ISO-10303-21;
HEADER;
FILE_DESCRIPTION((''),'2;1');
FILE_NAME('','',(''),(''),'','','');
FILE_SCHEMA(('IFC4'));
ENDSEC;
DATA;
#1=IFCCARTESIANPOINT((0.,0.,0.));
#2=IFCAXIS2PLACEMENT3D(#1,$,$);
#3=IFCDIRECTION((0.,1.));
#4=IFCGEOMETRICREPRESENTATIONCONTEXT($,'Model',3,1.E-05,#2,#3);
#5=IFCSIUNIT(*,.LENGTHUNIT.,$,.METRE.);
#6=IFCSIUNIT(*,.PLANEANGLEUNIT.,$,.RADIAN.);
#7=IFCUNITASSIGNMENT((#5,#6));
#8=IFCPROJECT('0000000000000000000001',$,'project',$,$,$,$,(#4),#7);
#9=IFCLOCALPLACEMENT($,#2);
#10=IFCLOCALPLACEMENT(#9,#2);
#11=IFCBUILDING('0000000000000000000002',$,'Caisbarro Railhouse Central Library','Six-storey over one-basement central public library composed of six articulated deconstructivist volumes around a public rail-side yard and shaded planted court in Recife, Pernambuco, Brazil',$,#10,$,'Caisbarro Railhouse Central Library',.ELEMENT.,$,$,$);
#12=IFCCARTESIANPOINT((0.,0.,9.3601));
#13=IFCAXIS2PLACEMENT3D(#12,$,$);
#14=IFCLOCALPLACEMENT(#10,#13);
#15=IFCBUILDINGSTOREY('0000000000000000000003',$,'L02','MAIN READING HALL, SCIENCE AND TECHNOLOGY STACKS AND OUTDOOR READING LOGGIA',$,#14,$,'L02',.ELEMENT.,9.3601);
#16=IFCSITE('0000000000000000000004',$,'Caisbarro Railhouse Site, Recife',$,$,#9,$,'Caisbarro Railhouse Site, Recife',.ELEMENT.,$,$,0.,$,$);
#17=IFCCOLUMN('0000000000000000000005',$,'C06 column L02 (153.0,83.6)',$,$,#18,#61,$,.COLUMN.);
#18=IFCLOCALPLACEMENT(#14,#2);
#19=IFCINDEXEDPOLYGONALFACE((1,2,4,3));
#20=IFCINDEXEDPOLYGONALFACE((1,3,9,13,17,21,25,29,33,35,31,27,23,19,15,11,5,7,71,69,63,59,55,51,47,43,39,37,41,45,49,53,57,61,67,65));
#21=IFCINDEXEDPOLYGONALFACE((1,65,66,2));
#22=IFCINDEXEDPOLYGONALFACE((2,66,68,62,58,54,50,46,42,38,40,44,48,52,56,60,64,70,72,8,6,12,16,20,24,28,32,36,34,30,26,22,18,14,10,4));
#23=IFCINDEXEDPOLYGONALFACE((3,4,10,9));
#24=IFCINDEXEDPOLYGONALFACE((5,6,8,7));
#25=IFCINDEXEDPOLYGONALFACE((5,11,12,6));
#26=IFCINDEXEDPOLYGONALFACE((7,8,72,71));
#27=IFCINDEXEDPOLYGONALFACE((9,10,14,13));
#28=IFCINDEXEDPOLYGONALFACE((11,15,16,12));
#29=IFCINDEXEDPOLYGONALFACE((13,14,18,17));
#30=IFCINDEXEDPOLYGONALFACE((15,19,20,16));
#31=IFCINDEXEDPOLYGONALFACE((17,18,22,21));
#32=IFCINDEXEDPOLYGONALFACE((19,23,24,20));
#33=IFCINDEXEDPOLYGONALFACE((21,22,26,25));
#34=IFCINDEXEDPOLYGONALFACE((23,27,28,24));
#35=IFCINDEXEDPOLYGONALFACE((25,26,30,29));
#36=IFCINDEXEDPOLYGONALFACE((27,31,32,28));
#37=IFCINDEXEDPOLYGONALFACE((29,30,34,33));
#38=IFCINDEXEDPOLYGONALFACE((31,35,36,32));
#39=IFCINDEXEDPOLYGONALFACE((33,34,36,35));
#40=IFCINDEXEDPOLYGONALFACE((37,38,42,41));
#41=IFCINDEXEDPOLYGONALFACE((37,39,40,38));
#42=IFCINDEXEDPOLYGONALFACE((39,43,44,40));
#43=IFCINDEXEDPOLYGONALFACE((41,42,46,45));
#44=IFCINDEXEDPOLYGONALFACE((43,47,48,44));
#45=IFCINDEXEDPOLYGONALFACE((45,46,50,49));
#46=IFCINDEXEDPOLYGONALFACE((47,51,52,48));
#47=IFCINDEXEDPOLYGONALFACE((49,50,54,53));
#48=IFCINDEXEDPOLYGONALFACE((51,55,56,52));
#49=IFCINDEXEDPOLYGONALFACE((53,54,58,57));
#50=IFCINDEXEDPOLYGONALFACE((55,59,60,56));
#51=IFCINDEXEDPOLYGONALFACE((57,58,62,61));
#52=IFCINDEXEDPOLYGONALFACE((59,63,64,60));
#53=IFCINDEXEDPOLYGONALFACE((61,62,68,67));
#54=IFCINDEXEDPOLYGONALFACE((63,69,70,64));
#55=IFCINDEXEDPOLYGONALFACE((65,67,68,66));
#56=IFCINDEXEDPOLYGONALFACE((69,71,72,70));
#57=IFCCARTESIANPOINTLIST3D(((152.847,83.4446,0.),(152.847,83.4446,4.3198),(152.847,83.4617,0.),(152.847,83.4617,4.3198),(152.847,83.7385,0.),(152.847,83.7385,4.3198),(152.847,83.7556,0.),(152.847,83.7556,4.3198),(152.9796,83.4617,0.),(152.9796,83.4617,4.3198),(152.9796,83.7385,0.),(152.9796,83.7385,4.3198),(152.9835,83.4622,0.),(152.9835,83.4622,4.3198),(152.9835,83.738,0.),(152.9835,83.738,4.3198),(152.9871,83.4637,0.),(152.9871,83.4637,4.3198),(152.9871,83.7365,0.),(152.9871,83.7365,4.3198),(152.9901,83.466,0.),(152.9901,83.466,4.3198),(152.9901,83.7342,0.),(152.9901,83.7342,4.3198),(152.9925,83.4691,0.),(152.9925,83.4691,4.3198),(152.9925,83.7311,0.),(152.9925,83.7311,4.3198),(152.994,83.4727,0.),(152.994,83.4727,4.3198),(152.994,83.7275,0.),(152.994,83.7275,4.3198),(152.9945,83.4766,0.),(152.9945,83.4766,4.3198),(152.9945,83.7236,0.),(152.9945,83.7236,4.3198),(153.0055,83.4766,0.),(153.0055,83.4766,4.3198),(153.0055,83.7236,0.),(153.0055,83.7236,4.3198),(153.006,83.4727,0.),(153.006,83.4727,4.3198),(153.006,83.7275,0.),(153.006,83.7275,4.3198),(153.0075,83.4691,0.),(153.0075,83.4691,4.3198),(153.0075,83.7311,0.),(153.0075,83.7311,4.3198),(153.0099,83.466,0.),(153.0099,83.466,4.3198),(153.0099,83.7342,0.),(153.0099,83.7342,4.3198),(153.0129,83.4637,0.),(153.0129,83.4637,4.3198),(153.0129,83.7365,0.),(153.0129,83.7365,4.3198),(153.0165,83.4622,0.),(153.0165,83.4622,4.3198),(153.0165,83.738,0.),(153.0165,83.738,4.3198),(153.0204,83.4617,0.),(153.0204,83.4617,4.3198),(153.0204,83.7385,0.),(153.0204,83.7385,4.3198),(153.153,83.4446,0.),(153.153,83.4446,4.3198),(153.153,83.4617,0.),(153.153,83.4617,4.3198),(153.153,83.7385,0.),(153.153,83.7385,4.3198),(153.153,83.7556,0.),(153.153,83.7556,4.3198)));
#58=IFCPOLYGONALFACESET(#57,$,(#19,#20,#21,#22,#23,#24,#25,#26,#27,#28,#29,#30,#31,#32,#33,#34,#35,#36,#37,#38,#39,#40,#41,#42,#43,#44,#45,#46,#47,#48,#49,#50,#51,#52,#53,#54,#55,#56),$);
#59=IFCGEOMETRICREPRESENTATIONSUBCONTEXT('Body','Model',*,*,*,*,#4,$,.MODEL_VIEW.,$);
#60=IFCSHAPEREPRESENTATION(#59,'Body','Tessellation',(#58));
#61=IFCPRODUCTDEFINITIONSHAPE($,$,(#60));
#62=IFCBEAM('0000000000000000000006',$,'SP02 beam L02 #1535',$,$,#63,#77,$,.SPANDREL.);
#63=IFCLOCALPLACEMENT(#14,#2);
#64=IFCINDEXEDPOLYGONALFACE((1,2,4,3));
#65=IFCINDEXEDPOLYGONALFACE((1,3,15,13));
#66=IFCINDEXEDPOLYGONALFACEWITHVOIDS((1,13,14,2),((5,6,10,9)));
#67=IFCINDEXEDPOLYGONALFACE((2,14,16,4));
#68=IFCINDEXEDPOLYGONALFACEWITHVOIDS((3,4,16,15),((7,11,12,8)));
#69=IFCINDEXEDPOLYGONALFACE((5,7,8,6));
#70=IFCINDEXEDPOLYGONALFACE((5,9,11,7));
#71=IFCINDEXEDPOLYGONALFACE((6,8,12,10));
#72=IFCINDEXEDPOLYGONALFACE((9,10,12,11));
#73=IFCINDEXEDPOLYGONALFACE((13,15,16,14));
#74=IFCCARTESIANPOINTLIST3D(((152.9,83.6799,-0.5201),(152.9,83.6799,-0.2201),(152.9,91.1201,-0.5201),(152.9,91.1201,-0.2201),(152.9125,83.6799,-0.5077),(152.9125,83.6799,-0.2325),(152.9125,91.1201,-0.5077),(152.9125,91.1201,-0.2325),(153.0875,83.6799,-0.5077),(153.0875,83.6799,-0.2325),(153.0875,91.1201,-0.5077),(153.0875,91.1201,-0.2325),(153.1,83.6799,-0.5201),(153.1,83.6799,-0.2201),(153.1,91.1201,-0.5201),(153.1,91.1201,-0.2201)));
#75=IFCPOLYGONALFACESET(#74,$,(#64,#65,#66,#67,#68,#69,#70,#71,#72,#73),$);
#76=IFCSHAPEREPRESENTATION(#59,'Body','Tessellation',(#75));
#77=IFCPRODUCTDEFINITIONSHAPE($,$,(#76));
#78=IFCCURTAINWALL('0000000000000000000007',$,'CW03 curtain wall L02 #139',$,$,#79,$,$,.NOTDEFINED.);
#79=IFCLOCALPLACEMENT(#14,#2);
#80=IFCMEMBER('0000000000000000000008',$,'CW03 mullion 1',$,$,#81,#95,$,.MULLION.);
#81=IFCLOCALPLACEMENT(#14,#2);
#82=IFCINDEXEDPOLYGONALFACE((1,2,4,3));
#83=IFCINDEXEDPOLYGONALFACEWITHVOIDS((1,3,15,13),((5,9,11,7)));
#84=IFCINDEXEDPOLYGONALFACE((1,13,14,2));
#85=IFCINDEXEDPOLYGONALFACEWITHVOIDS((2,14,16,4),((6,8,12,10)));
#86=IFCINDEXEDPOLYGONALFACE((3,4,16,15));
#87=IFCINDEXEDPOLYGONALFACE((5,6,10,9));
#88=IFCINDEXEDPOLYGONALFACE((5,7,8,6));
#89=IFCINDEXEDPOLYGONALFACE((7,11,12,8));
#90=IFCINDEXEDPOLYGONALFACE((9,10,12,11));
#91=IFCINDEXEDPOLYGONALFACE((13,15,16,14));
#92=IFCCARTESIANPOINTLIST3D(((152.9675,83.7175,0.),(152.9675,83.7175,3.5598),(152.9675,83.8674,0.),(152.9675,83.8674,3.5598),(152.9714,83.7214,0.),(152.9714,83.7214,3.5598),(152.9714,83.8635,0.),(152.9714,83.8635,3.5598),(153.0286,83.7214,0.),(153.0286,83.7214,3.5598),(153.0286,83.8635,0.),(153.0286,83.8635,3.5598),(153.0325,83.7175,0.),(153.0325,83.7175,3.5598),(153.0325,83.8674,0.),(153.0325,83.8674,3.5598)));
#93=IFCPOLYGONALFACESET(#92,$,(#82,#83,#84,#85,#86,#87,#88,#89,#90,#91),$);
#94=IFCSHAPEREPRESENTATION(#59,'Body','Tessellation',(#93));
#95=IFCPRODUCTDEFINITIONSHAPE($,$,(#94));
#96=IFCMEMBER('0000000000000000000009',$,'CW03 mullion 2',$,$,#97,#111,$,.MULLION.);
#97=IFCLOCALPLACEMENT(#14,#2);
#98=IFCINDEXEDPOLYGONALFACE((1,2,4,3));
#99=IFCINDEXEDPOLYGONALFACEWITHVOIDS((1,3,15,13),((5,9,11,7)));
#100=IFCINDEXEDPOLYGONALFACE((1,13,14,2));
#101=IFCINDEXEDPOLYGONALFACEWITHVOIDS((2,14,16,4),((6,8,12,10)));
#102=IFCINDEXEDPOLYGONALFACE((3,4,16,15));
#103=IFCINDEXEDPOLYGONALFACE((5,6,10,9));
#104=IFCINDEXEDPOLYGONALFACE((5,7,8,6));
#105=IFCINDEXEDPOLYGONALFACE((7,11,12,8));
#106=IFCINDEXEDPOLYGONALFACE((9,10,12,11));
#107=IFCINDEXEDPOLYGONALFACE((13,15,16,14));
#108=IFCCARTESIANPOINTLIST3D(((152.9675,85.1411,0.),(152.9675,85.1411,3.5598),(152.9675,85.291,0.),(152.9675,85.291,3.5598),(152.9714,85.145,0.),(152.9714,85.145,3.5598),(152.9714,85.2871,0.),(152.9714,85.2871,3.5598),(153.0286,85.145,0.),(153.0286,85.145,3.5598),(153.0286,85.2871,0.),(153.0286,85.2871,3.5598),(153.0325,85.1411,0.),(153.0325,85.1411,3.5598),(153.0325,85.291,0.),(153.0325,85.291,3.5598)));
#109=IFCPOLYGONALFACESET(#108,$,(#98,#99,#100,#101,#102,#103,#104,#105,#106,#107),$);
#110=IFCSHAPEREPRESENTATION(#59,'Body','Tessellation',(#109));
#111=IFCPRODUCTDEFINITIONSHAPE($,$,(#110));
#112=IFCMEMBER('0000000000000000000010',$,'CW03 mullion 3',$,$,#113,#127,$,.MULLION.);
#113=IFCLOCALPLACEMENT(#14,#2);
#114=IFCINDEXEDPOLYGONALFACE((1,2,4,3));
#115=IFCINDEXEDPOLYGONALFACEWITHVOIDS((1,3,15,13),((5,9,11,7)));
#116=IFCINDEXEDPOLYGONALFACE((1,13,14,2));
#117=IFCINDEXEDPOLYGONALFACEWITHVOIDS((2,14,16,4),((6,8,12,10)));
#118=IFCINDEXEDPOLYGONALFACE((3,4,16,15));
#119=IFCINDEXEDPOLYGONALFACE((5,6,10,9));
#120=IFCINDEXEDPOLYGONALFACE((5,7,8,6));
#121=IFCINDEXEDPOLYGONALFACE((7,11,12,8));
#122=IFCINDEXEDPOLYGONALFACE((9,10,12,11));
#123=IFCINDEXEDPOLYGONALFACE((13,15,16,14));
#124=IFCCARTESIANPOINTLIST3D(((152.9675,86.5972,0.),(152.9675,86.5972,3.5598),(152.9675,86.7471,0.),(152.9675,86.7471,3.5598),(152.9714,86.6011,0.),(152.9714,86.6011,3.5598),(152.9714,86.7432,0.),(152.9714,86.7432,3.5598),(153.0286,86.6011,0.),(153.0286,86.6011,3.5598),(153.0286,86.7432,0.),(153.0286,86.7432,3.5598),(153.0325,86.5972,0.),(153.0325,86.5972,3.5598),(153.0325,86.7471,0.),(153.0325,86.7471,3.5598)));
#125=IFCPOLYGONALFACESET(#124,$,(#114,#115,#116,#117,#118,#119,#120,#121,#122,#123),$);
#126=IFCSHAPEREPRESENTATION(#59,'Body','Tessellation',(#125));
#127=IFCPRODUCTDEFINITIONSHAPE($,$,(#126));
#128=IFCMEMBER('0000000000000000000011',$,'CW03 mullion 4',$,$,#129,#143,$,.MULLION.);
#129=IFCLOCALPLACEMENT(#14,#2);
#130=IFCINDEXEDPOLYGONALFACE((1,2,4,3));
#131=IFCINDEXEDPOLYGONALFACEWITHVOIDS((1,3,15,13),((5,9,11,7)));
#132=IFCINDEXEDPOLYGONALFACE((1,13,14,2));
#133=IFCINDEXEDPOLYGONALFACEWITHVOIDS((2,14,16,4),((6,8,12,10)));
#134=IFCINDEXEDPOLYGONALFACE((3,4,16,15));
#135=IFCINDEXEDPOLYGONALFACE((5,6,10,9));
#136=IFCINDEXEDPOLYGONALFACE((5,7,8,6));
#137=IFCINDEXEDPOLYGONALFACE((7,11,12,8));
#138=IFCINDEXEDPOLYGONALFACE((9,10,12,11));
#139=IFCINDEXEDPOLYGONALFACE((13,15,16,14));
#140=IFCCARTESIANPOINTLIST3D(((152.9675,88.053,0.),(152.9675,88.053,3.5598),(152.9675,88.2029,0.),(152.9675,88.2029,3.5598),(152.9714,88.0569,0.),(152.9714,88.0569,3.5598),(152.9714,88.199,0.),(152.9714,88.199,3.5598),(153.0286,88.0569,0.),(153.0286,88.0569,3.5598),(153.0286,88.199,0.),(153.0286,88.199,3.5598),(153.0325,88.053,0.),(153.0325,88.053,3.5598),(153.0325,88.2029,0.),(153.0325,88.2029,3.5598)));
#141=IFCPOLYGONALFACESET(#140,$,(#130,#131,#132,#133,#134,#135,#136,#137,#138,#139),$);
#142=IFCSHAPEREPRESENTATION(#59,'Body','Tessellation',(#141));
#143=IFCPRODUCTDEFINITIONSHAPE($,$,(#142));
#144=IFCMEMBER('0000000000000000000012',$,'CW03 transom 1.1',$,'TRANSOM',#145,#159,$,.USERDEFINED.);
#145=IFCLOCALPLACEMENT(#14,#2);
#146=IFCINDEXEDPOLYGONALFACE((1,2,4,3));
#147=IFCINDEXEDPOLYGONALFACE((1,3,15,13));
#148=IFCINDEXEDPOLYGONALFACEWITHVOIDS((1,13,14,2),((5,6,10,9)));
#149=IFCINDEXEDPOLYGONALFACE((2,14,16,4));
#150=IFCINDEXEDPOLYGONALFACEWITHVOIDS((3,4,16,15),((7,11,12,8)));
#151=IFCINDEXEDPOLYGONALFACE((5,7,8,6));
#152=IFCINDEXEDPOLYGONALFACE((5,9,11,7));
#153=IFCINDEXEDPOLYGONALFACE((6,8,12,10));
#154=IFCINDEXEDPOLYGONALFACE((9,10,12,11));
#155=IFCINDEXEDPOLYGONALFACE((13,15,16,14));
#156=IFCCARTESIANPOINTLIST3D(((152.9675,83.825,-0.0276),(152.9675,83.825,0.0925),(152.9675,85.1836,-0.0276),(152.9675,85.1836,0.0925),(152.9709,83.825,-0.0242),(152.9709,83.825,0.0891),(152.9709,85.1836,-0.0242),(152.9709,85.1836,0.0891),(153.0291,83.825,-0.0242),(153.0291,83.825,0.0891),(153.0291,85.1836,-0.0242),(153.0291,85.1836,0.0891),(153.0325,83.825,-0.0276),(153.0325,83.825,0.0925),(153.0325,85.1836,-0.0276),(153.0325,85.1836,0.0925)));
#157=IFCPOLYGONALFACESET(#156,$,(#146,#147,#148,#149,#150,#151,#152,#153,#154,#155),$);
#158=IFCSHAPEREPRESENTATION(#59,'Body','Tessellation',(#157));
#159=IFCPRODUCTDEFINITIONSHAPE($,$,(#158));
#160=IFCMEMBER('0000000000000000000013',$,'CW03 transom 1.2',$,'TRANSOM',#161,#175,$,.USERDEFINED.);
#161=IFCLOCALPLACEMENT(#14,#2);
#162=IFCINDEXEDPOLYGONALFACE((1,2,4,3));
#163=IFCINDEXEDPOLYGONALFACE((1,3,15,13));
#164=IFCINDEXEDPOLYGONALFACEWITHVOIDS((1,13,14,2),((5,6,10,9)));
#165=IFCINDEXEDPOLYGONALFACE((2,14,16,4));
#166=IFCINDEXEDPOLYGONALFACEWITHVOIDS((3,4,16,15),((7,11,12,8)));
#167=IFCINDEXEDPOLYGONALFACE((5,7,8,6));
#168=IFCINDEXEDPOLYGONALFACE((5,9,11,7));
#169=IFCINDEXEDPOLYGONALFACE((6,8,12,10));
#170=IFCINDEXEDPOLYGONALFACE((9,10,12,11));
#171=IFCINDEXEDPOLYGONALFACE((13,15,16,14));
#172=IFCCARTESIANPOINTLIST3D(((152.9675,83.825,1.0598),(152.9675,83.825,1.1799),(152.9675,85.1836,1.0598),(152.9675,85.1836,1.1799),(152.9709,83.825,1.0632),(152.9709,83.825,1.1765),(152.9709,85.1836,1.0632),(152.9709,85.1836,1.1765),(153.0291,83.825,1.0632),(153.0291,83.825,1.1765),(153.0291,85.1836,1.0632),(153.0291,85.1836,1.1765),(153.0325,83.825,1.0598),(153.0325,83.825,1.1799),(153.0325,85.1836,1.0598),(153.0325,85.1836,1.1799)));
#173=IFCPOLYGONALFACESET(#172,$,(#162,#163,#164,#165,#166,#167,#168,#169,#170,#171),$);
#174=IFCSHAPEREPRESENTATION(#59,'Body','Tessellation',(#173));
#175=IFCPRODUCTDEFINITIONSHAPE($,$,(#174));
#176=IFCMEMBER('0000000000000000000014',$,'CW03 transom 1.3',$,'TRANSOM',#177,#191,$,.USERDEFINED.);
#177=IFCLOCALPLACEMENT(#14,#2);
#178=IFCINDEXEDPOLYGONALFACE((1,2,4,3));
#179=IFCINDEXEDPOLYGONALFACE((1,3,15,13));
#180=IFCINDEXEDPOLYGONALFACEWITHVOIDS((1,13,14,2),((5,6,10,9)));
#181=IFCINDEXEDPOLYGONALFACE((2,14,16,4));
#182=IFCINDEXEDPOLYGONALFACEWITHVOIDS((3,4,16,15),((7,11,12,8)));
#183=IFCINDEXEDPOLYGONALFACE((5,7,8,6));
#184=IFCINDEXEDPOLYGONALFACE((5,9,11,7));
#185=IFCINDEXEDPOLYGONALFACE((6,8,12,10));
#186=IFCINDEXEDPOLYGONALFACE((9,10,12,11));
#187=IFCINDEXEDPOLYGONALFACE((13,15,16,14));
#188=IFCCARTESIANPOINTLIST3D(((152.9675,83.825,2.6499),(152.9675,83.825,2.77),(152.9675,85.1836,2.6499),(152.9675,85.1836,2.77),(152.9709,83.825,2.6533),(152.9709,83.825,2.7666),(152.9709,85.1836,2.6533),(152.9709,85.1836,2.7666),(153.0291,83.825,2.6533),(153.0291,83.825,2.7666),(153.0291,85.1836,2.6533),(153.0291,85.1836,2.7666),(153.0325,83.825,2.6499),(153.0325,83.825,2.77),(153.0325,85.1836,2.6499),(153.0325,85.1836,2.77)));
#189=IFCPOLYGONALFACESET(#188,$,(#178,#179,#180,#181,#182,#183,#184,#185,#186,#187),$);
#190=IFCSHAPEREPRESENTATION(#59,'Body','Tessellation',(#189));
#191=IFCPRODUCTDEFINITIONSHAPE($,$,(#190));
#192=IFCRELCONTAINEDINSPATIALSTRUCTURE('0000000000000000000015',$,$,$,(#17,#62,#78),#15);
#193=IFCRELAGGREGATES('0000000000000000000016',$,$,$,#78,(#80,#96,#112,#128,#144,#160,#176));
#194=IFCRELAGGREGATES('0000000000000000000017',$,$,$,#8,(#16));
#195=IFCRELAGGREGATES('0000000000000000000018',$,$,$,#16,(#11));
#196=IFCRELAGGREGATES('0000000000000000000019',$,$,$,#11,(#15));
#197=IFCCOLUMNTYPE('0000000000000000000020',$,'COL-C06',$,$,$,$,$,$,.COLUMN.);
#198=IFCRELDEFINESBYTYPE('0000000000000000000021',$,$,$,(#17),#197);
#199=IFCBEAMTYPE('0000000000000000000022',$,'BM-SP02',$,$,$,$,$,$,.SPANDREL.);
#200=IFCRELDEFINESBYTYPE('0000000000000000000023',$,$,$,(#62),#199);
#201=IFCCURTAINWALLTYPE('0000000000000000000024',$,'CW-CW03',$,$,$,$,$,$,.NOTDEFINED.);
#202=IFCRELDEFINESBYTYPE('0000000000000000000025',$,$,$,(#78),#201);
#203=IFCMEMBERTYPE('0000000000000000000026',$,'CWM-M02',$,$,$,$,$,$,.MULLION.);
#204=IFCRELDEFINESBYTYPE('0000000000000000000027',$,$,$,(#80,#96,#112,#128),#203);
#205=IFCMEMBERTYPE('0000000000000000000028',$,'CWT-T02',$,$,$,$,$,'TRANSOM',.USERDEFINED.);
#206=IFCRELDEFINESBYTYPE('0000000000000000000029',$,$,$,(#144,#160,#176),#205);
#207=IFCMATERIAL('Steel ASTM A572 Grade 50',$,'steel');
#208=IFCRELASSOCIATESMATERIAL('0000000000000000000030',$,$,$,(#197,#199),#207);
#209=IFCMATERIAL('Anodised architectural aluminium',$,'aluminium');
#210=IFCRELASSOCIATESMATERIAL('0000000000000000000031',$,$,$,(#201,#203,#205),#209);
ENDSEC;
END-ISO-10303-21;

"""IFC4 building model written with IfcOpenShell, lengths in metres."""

from ifc_helpers import new_model, si_unit, direction, frame, origin, origin_2d, place, context, subcontext, project, spatial, hollow_rectangle, i_section, extrude, material, material_profile, profile_set, type_object, element, aggregate, save


model = new_model("IFC4")

# Units and contexts
model_context = context("Model", 3, precision=1e-05, world=origin(), true_north=direction((0.0, 1.0)))
body_context = subcontext(model_context, "Body", "Model", "MODEL_VIEW")
ifc_project = project(units=[si_unit("LENGTHUNIT", "METRE"), si_unit("PLANEANGLEUNIT", "RADIAN")], contexts=[model_context])

# Site, building, storey
site_placement = place(None, origin())
site = spatial("IfcSite", under=ifc_project, at=site_placement, Name="Caisbarro Railhouse Site, Recife", LongName="Caisbarro Railhouse Site, Recife", CompositionType="ELEMENT", RefElevation=0.0)
building_placement = place(site_placement, origin())
building = spatial("IfcBuilding", under=site, at=building_placement, Name="Caisbarro Railhouse Central Library", Description="Six-storey over one-basement central public library composed of six articulated deconstructivist volumes around a public rail-side yard and shaded planted court in Recife, Pernambuco, Brazil", LongName="Caisbarro Railhouse Central Library", CompositionType="ELEMENT")
storey_placement = place(building_placement, frame((0.0, 0.0, 9.3601)))
storey = spatial("IfcBuildingStorey", under=building, at=storey_placement, Name="L02", Description="MAIN READING HALL, SCIENCE AND TECHNOLOGY STACKS AND OUTDOOR READING LOGGIA", LongName="L02", CompositionType="ELEMENT", Elevation=9.3601)

# Column
ifc_material_1 = material(Name="Steel ASTM A572 Grade 50", Category="steel")
ifc_material_profile_1 = material_profile(ifc_material_1, i_section(OverallWidth=0.3059, OverallDepth=0.311, WebThickness=0.011, FlangeThickness=0.0171, FilletRadius=0.0149, at=origin_2d()), Name="W310X107.0")
ifc_profile_set_1 = profile_set([ifc_material_profile_1], Name="Steel ASTM A572 Grade 50")
column_type = type_object("IfcColumnType", Name="COL-C06", PredefinedType="COLUMN", material=ifc_profile_set_1)
column_placement = place(storey_placement, frame((153.0, 83.6001, 0.0), z_axis=(0.0, 0.0, 1.0), x_axis=(1.0, 0.0, 0.0)))
element("IfcColumn", 1, at=column_placement, inside=storey, type_object=column_type, Name="C06 column L02 (153.0,83.6)", PredefinedType="COLUMN", context=body_context, shape_type="SweptSolid", body=[
    extrude(i_section(OverallWidth=0.3059, OverallDepth=0.311, WebThickness=0.011, FlangeThickness=0.0171, FilletRadius=0.0149, at=origin_2d()), origin(), (0.0, 0.0, 1.0), 4.3198),
])

# Beam
ifc_material_profile_2 = material_profile(ifc_material_1, hollow_rectangle(XDim=0.2, YDim=0.3, WallThickness=0.0125, at=origin_2d()), Name="HSS300X200X12.5")
ifc_profile_set_2 = profile_set([ifc_material_profile_2], Name="Steel ASTM A572 Grade 50")
beam_type = type_object("IfcBeamType", Name="BM-SP02", PredefinedType="SPANDREL", material=ifc_profile_set_2)
beam_placement = place(storey_placement, frame((153.0, 83.6799, -0.3701), z_axis=(0.0, 1.0, 0.0), x_axis=(-1.0, 0.0, 0.0)))
element("IfcBeam", 2, at=beam_placement, inside=storey, type_object=beam_type, Name="SP02 beam L02 #1535", PredefinedType="SPANDREL", context=body_context, shape_type="SweptSolid", body=[
    extrude(hollow_rectangle(XDim=0.2, YDim=0.3, WallThickness=0.0125, at=origin_2d()), origin(), (0.0, 0.0, 1.0), 7.4402),
])

# Curtain wall, members
ifc_material_2 = material(Name="Anodised architectural aluminium", Category="aluminium")
curtain_wall_type = type_object("IfcCurtainWallType", Name="CW-CW03", PredefinedType="NOTDEFINED", material=ifc_material_2)
curtain_wall_placement = place(storey_placement, origin())
curtain_wall = element("IfcCurtainWall", 3, at=curtain_wall_placement, inside=storey, type_object=curtain_wall_type, Name="CW03 curtain wall L02 #139", PredefinedType="NOTDEFINED")
ifc_material_profile_3 = material_profile(ifc_material_2, hollow_rectangle(XDim=0.0649, YDim=0.1499, WallThickness=0.0039, at=origin_2d()), Name="ALU-MUL-65X150")
ifc_profile_set_3 = profile_set([ifc_material_profile_3], Name="Anodised architectural aluminium")
member_type_1 = type_object("IfcMemberType", Name="CWM-M02", PredefinedType="MULLION", material=ifc_profile_set_3)
member_1_placement = place(storey_placement, frame((153.0, 83.7925, 0.0), z_axis=(0.0, 0.0, 1.0), x_axis=(-1.0, 0.0, 0.0)))
member_1 = element("IfcMember", 4, at=member_1_placement, type_object=member_type_1, Name="CW03 mullion 1", PredefinedType="MULLION", context=body_context, shape_type="SweptSolid", body=[
    extrude(hollow_rectangle(XDim=0.0649, YDim=0.1499, WallThickness=0.0039, at=origin_2d()), origin(), (0.0, 0.0, 1.0), 3.5598),
])
member_2_placement = place(storey_placement, frame((153.0, 85.2161, 0.0), z_axis=(0.0, 0.0, 1.0), x_axis=(-1.0, 0.0, 0.0)))
member_2 = element("IfcMember", 5, at=member_2_placement, type_object=member_type_1, Name="CW03 mullion 2", PredefinedType="MULLION", context=body_context, shape_type="SweptSolid", body=[
    extrude(hollow_rectangle(XDim=0.0649, YDim=0.1499, WallThickness=0.0039, at=origin_2d()), origin(), (0.0, 0.0, 1.0), 3.5598),
])
member_3_placement = place(storey_placement, frame((153.0, 86.6721, 0.0), z_axis=(0.0, 0.0, 1.0), x_axis=(-1.0, 0.0, 0.0)))
member_3 = element("IfcMember", 6, at=member_3_placement, type_object=member_type_1, Name="CW03 mullion 3", PredefinedType="MULLION", context=body_context, shape_type="SweptSolid", body=[
    extrude(hollow_rectangle(XDim=0.0649, YDim=0.1499, WallThickness=0.0039, at=origin_2d()), origin(), (0.0, 0.0, 1.0), 3.5598),
])
member_4_placement = place(storey_placement, frame((153.0, 88.1279, 0.0), z_axis=(0.0, 0.0, 1.0), x_axis=(-1.0, 0.0, 0.0)))
member_4 = element("IfcMember", 7, at=member_4_placement, type_object=member_type_1, Name="CW03 mullion 4", PredefinedType="MULLION", context=body_context, shape_type="SweptSolid", body=[
    extrude(hollow_rectangle(XDim=0.0649, YDim=0.1499, WallThickness=0.0039, at=origin_2d()), origin(), (0.0, 0.0, 1.0), 3.5598),
])
ifc_material_profile_4 = material_profile(ifc_material_2, hollow_rectangle(XDim=0.0649, YDim=0.1201, WallThickness=0.0034, at=origin_2d()), Name="ALU-TRN-65X120")
ifc_profile_set_4 = profile_set([ifc_material_profile_4], Name="Anodised architectural aluminium")
member_type_2 = type_object("IfcMemberType", Name="CWT-T02", ElementType="TRANSOM", PredefinedType="USERDEFINED", material=ifc_profile_set_4)
member_5_placement = place(storey_placement, frame((153.0, 83.825, 0.0325), z_axis=(0.0, 1.0, 0.0), x_axis=(-1.0, 0.0, 0.0)))
member_5 = element("IfcMember", 8, at=member_5_placement, type_object=member_type_2, Name="CW03 transom 1.1", ObjectType="TRANSOM", PredefinedType="USERDEFINED", context=body_context, shape_type="SweptSolid", body=[
    extrude(hollow_rectangle(XDim=0.0649, YDim=0.1201, WallThickness=0.0034, at=origin_2d()), origin(), (0.0, 0.0, 1.0), 1.3586),
])
member_6_placement = place(storey_placement, frame((153.0, 83.825, 1.1199), z_axis=(0.0, 1.0, 0.0), x_axis=(-1.0, 0.0, 0.0)))
member_6 = element("IfcMember", 9, at=member_6_placement, type_object=member_type_2, Name="CW03 transom 1.2", ObjectType="TRANSOM", PredefinedType="USERDEFINED", context=body_context, shape_type="SweptSolid", body=[
    extrude(hollow_rectangle(XDim=0.0649, YDim=0.1201, WallThickness=0.0034, at=origin_2d()), origin(), (0.0, 0.0, 1.0), 1.3586),
])
member_7_placement = place(storey_placement, frame((153.0, 83.825, 2.71), z_axis=(0.0, 1.0, 0.0), x_axis=(-1.0, 0.0, 0.0)))
member_7 = element("IfcMember", 10, at=member_7_placement, type_object=member_type_2, Name="CW03 transom 1.3", ObjectType="TRANSOM", PredefinedType="USERDEFINED", context=body_context, shape_type="SweptSolid", body=[
    extrude(hollow_rectangle(XDim=0.0649, YDim=0.1201, WallThickness=0.0034, at=origin_2d()), origin(), (0.0, 0.0, 1.0), 1.3586),
])
aggregate(curtain_wall, [member_1, member_2, member_3, member_4, member_5, member_6, member_7])

save(model, "model.ifc")
